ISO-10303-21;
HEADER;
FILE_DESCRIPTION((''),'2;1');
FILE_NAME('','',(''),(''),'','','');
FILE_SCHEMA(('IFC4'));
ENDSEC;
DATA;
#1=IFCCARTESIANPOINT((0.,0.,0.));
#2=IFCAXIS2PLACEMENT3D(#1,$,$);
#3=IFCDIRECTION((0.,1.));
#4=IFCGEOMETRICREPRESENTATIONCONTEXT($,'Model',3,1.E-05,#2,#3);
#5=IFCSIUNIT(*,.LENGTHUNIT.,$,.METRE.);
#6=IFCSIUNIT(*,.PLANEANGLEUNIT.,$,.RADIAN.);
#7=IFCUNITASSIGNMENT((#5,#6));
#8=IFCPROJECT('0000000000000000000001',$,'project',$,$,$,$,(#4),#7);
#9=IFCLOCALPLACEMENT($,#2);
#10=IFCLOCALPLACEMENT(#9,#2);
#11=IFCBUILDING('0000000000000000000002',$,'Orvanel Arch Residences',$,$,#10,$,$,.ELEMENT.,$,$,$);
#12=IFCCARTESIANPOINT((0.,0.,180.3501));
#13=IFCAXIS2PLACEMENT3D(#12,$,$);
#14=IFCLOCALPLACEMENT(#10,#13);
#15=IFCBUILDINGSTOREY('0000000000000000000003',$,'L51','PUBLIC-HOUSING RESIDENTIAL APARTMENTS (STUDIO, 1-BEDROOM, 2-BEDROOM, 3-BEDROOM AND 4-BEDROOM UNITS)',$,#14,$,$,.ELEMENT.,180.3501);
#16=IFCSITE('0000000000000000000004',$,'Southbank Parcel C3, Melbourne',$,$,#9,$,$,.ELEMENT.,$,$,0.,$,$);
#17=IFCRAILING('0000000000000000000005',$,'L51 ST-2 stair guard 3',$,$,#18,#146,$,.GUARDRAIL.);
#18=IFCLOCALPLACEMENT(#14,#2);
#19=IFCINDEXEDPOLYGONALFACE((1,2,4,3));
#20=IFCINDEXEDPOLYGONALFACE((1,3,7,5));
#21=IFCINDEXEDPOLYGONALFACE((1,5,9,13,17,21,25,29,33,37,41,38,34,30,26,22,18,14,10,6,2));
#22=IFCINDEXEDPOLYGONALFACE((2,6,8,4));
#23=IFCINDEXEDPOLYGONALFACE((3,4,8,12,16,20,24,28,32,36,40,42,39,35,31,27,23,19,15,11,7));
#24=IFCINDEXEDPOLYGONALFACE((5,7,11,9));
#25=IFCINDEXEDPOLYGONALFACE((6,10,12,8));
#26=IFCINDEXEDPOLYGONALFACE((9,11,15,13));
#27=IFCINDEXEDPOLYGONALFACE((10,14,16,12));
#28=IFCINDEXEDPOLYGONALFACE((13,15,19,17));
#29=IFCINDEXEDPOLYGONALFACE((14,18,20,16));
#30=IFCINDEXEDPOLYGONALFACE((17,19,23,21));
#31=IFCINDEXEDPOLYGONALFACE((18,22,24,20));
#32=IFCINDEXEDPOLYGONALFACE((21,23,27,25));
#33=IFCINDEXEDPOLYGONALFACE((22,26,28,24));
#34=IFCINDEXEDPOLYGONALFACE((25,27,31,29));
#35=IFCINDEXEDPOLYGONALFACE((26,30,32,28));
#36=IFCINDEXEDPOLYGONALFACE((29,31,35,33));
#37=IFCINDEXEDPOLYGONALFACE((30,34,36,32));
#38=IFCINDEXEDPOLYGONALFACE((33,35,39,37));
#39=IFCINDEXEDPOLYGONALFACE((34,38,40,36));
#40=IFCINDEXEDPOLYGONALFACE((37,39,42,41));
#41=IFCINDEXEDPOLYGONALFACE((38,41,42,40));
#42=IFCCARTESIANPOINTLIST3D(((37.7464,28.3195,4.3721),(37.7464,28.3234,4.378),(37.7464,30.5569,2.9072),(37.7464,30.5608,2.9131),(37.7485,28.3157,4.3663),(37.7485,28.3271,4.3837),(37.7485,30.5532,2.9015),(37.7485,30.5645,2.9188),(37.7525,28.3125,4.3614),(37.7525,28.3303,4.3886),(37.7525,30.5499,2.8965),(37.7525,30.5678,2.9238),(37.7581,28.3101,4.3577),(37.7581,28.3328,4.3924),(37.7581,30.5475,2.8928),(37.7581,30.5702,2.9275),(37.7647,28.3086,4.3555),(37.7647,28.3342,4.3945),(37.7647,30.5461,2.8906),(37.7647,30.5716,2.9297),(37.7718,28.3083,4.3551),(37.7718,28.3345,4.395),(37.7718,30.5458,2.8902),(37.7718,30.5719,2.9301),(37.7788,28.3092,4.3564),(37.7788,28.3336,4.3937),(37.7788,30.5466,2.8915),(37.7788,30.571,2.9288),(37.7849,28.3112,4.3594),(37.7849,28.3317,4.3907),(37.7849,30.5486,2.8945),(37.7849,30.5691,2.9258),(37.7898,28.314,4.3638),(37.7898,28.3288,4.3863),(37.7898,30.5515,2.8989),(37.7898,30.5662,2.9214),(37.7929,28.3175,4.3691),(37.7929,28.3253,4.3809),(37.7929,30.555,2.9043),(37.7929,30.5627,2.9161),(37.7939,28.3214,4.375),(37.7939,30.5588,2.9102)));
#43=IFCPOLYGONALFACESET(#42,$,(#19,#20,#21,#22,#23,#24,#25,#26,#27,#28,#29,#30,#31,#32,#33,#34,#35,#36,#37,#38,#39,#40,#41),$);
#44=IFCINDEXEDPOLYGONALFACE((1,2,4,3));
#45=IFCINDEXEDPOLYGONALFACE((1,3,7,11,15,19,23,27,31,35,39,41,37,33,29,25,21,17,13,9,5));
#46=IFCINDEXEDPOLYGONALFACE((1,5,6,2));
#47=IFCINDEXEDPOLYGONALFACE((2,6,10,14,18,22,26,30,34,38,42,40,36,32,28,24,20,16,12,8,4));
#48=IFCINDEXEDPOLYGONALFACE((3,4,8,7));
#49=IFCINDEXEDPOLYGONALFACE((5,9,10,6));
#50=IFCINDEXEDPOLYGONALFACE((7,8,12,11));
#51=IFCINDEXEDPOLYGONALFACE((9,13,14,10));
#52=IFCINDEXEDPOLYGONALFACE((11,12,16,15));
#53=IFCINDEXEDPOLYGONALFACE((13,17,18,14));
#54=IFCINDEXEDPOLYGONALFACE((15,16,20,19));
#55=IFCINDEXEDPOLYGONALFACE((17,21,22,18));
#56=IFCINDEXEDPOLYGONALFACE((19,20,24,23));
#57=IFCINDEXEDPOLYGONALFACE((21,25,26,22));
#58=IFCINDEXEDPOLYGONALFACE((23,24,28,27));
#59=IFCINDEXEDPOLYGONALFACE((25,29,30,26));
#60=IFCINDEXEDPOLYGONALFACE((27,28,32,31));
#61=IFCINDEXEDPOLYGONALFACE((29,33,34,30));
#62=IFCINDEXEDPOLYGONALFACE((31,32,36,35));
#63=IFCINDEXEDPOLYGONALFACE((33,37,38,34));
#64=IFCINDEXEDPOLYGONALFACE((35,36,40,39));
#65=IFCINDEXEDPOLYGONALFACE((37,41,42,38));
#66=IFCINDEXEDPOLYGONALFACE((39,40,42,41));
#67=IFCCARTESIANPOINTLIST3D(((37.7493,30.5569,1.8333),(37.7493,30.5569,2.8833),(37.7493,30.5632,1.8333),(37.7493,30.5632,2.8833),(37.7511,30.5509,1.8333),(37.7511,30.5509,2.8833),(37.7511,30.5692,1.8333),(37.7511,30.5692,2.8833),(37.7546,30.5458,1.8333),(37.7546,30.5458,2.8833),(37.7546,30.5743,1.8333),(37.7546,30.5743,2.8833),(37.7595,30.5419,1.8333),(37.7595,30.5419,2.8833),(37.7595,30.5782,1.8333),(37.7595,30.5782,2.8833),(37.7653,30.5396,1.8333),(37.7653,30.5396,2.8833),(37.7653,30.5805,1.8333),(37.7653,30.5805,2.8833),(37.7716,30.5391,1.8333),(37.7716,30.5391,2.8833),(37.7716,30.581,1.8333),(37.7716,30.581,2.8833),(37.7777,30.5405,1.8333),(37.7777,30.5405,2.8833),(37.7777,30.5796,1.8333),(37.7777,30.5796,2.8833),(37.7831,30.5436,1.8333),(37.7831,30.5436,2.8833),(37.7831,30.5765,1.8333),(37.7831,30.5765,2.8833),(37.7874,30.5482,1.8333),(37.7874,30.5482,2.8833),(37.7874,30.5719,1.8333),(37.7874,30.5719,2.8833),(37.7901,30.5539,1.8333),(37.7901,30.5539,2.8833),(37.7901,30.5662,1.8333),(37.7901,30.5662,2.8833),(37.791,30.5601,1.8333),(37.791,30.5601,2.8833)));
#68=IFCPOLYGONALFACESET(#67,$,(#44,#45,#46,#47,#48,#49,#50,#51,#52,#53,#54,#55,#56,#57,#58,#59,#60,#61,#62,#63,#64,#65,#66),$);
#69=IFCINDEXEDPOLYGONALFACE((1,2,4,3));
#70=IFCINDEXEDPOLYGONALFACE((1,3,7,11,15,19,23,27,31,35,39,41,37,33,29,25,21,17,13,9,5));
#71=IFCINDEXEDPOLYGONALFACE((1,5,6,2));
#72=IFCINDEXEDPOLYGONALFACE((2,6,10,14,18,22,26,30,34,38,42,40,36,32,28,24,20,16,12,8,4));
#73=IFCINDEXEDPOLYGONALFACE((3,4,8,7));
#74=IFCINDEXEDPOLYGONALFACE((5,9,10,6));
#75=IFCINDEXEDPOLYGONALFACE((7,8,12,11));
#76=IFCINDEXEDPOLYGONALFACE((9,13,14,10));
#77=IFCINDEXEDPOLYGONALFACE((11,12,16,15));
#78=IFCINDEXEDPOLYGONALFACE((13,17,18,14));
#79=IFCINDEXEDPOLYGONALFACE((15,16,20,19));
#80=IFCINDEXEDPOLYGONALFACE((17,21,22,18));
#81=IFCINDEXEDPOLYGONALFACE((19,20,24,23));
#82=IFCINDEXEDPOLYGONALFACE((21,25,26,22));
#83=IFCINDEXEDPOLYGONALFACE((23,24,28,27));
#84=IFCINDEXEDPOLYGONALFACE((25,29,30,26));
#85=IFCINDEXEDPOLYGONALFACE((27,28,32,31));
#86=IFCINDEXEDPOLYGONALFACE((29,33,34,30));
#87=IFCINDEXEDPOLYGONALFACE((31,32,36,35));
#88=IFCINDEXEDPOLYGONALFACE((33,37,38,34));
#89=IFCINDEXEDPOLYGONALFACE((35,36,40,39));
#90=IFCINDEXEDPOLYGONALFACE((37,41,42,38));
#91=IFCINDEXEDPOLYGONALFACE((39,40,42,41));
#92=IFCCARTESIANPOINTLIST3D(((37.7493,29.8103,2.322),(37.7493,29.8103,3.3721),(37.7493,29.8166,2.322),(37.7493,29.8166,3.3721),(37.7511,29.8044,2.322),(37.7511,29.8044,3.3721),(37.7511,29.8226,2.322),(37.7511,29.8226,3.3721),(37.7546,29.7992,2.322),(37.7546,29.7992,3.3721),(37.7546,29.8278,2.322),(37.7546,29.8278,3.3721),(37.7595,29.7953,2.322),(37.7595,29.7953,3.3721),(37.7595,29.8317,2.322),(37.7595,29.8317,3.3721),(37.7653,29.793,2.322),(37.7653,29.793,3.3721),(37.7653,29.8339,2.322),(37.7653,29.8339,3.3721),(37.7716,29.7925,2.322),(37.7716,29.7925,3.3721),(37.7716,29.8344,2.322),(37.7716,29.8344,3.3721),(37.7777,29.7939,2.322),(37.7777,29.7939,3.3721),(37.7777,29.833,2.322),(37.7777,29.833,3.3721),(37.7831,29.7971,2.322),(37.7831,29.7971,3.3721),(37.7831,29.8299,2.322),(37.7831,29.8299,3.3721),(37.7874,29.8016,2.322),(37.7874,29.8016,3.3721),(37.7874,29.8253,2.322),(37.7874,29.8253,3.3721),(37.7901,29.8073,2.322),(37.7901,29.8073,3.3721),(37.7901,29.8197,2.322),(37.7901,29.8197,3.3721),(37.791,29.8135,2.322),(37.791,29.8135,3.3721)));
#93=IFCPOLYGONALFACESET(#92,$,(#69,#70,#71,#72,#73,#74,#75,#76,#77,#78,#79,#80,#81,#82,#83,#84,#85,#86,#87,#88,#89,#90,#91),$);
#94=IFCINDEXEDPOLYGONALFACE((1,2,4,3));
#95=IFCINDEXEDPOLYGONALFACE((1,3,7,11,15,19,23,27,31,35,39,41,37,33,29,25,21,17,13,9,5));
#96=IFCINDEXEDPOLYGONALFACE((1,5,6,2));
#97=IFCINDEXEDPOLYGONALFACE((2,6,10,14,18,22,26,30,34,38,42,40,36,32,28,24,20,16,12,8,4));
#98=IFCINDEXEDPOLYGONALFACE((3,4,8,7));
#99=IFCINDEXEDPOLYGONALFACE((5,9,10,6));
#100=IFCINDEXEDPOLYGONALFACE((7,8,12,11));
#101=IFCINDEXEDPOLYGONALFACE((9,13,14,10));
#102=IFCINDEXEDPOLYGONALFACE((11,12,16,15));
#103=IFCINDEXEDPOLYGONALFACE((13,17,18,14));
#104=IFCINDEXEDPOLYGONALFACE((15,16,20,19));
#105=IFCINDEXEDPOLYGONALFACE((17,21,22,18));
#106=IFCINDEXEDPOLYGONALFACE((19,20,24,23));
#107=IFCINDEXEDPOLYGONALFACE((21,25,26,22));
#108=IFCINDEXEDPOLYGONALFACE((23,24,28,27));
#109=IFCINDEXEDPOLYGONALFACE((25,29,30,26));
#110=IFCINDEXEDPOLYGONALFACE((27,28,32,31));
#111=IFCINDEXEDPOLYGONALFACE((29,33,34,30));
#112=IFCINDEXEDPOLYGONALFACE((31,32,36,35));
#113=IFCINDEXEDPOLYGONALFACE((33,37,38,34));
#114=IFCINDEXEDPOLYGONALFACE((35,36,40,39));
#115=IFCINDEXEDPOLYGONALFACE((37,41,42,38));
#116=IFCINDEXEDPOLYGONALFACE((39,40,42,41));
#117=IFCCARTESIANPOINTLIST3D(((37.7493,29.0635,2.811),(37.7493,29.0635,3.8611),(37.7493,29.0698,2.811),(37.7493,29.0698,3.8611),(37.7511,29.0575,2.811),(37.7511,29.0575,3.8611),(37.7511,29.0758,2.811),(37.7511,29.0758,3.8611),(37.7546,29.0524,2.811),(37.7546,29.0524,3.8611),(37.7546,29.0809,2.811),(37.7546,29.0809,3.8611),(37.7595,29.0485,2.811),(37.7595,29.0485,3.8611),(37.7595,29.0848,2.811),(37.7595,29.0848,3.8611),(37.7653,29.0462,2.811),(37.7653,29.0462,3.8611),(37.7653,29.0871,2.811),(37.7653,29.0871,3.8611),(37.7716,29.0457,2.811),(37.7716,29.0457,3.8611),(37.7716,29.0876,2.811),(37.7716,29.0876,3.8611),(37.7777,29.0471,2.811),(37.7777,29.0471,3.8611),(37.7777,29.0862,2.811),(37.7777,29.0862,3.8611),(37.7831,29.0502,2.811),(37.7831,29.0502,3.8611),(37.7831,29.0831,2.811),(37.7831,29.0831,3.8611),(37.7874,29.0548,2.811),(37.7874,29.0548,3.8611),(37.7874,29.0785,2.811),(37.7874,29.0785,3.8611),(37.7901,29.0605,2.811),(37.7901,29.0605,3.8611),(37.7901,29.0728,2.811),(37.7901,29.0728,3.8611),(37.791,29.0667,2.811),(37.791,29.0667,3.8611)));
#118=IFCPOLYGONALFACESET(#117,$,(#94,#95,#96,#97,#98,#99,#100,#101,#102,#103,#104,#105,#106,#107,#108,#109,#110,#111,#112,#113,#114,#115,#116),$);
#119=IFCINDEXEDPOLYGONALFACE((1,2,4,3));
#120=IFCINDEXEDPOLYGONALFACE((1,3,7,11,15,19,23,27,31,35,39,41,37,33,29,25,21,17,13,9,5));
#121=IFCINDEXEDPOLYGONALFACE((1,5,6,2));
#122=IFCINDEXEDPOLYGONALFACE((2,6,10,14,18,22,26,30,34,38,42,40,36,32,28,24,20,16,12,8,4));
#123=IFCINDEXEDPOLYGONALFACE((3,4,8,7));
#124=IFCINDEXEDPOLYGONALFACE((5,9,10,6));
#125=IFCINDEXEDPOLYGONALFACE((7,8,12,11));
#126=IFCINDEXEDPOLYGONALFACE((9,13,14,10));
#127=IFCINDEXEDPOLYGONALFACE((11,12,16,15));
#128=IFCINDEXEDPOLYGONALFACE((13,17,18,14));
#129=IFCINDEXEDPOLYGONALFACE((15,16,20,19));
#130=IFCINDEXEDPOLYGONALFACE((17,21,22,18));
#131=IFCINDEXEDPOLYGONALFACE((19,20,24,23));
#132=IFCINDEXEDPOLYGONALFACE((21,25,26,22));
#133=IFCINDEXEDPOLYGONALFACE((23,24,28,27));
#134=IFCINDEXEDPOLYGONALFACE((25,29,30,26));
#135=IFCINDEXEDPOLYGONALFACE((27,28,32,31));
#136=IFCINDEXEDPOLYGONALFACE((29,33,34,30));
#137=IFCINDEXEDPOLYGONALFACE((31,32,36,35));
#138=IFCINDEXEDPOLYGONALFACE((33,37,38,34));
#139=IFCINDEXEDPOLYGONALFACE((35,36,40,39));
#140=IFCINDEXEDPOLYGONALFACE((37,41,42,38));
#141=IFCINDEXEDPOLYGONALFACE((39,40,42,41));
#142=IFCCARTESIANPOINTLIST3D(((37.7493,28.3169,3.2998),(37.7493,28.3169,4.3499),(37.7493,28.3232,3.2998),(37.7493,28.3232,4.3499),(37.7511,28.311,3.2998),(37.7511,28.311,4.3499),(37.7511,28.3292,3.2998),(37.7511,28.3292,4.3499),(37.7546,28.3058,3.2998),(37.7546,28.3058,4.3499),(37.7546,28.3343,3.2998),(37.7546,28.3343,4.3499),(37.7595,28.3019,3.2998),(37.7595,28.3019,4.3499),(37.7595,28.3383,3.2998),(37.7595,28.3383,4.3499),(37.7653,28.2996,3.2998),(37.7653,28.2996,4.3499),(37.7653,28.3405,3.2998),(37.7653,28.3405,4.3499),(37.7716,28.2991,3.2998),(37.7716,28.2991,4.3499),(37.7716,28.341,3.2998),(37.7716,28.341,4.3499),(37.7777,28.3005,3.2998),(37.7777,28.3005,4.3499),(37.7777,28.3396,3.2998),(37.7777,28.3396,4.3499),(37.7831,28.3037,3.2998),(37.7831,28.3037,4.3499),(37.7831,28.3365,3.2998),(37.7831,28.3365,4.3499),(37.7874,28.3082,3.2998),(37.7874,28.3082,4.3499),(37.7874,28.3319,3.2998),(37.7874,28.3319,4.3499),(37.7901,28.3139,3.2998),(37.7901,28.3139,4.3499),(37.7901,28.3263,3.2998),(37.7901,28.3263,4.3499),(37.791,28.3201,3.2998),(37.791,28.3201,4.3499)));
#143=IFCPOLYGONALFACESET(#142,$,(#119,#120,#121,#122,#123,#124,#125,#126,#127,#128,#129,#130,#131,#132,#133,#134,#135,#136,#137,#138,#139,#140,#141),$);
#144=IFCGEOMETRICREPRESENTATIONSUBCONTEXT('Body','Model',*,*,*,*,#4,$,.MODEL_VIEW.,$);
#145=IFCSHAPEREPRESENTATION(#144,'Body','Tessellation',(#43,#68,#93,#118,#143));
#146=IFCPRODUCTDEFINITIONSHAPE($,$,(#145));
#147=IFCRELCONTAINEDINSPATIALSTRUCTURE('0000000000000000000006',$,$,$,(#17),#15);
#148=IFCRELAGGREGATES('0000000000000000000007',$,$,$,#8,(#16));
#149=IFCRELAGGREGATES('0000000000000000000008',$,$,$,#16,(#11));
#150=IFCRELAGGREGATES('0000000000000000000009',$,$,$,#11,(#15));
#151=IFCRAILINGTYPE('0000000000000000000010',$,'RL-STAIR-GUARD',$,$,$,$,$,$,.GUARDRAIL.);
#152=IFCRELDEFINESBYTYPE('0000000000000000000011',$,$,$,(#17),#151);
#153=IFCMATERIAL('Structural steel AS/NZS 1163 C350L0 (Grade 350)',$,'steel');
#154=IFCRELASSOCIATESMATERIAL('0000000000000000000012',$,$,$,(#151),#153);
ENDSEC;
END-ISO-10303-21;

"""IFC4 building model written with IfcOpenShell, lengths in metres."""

from ifc_helpers import new_model, si_unit, direction, frame, origin, origin_2d, place, context, subcontext, project, spatial, circle, extrude, material, type_object, element, save


model = new_model("IFC4")

# Units and contexts
model_context = context("Model", 3, precision=1e-05, world=origin(), true_north=direction((0.0, 1.0)))
body_context = subcontext(model_context, "Body", "Model", "MODEL_VIEW")
ifc_project = project(units=[si_unit("LENGTHUNIT", "METRE"), si_unit("PLANEANGLEUNIT", "RADIAN")], contexts=[model_context])

# Site, building, storey
site_placement = place(None, origin())
site = spatial("IfcSite", under=ifc_project, at=site_placement, Name="Southbank Parcel C3, Melbourne", CompositionType="ELEMENT", RefElevation=0.0)
building_placement = place(site_placement, origin())
building = spatial("IfcBuilding", under=site, at=building_placement, Name="Orvanel Arch Residences", CompositionType="ELEMENT")
storey_placement = place(building_placement, frame((0.0, 0.0, 180.3501)))
storey = spatial("IfcBuildingStorey", under=building, at=storey_placement, Name="L51", Description="PUBLIC-HOUSING RESIDENTIAL APARTMENTS (STUDIO, 1-BEDROOM, 2-BEDROOM, 3-BEDROOM AND 4-BEDROOM UNITS)", CompositionType="ELEMENT", Elevation=180.3501)

# Railing
ifc_material_1 = material(Name="Structural steel AS/NZS 1163 C350L0 (Grade 350)", Category="steel")
railing_type_1 = type_object("IfcRailingType", Name="RL-STAIR-GUARD", PredefinedType="GUARDRAIL", material=ifc_material_1)
railing_1_placement = place(storey_placement, frame((37.77, 30.5601, 1.8333)))
element("IfcRailing", 1, at=railing_1_placement, inside=storey, type_object=railing_type_1, Name="L51 ST-2 stair guard 3", PredefinedType="GUARDRAIL", context=body_context, shape_type="SweptSolid", body=[
    extrude(circle(Radius=0.0239, at=origin_2d()), frame((0.0, -0.0012, 1.0769), z_axis=(0.0, -0.836637, 0.547758), x_axis=(1.0, 0.0, 0.0)), (0.0, 0.0, 1.0), 2.6743),
    extrude(circle(Radius=0.021, at=origin_2d()), origin(), (0.0, 0.0, 1.0), 1.05),
    extrude(circle(Radius=0.021, at=origin_2d()), frame((0.0, -0.7466, 0.4888)), (0.0, 0.0, 1.0), 1.05),
    extrude(circle(Radius=0.021, at=origin_2d()), frame((0.0, -1.4934, 0.9778)), (0.0, 0.0, 1.0), 1.05),
    extrude(circle(Radius=0.021, at=origin_2d()), frame((0.0, -2.24, 1.4666)), (0.0, 0.0, 1.0), 1.05),
])

save(model, "model.ifc")
